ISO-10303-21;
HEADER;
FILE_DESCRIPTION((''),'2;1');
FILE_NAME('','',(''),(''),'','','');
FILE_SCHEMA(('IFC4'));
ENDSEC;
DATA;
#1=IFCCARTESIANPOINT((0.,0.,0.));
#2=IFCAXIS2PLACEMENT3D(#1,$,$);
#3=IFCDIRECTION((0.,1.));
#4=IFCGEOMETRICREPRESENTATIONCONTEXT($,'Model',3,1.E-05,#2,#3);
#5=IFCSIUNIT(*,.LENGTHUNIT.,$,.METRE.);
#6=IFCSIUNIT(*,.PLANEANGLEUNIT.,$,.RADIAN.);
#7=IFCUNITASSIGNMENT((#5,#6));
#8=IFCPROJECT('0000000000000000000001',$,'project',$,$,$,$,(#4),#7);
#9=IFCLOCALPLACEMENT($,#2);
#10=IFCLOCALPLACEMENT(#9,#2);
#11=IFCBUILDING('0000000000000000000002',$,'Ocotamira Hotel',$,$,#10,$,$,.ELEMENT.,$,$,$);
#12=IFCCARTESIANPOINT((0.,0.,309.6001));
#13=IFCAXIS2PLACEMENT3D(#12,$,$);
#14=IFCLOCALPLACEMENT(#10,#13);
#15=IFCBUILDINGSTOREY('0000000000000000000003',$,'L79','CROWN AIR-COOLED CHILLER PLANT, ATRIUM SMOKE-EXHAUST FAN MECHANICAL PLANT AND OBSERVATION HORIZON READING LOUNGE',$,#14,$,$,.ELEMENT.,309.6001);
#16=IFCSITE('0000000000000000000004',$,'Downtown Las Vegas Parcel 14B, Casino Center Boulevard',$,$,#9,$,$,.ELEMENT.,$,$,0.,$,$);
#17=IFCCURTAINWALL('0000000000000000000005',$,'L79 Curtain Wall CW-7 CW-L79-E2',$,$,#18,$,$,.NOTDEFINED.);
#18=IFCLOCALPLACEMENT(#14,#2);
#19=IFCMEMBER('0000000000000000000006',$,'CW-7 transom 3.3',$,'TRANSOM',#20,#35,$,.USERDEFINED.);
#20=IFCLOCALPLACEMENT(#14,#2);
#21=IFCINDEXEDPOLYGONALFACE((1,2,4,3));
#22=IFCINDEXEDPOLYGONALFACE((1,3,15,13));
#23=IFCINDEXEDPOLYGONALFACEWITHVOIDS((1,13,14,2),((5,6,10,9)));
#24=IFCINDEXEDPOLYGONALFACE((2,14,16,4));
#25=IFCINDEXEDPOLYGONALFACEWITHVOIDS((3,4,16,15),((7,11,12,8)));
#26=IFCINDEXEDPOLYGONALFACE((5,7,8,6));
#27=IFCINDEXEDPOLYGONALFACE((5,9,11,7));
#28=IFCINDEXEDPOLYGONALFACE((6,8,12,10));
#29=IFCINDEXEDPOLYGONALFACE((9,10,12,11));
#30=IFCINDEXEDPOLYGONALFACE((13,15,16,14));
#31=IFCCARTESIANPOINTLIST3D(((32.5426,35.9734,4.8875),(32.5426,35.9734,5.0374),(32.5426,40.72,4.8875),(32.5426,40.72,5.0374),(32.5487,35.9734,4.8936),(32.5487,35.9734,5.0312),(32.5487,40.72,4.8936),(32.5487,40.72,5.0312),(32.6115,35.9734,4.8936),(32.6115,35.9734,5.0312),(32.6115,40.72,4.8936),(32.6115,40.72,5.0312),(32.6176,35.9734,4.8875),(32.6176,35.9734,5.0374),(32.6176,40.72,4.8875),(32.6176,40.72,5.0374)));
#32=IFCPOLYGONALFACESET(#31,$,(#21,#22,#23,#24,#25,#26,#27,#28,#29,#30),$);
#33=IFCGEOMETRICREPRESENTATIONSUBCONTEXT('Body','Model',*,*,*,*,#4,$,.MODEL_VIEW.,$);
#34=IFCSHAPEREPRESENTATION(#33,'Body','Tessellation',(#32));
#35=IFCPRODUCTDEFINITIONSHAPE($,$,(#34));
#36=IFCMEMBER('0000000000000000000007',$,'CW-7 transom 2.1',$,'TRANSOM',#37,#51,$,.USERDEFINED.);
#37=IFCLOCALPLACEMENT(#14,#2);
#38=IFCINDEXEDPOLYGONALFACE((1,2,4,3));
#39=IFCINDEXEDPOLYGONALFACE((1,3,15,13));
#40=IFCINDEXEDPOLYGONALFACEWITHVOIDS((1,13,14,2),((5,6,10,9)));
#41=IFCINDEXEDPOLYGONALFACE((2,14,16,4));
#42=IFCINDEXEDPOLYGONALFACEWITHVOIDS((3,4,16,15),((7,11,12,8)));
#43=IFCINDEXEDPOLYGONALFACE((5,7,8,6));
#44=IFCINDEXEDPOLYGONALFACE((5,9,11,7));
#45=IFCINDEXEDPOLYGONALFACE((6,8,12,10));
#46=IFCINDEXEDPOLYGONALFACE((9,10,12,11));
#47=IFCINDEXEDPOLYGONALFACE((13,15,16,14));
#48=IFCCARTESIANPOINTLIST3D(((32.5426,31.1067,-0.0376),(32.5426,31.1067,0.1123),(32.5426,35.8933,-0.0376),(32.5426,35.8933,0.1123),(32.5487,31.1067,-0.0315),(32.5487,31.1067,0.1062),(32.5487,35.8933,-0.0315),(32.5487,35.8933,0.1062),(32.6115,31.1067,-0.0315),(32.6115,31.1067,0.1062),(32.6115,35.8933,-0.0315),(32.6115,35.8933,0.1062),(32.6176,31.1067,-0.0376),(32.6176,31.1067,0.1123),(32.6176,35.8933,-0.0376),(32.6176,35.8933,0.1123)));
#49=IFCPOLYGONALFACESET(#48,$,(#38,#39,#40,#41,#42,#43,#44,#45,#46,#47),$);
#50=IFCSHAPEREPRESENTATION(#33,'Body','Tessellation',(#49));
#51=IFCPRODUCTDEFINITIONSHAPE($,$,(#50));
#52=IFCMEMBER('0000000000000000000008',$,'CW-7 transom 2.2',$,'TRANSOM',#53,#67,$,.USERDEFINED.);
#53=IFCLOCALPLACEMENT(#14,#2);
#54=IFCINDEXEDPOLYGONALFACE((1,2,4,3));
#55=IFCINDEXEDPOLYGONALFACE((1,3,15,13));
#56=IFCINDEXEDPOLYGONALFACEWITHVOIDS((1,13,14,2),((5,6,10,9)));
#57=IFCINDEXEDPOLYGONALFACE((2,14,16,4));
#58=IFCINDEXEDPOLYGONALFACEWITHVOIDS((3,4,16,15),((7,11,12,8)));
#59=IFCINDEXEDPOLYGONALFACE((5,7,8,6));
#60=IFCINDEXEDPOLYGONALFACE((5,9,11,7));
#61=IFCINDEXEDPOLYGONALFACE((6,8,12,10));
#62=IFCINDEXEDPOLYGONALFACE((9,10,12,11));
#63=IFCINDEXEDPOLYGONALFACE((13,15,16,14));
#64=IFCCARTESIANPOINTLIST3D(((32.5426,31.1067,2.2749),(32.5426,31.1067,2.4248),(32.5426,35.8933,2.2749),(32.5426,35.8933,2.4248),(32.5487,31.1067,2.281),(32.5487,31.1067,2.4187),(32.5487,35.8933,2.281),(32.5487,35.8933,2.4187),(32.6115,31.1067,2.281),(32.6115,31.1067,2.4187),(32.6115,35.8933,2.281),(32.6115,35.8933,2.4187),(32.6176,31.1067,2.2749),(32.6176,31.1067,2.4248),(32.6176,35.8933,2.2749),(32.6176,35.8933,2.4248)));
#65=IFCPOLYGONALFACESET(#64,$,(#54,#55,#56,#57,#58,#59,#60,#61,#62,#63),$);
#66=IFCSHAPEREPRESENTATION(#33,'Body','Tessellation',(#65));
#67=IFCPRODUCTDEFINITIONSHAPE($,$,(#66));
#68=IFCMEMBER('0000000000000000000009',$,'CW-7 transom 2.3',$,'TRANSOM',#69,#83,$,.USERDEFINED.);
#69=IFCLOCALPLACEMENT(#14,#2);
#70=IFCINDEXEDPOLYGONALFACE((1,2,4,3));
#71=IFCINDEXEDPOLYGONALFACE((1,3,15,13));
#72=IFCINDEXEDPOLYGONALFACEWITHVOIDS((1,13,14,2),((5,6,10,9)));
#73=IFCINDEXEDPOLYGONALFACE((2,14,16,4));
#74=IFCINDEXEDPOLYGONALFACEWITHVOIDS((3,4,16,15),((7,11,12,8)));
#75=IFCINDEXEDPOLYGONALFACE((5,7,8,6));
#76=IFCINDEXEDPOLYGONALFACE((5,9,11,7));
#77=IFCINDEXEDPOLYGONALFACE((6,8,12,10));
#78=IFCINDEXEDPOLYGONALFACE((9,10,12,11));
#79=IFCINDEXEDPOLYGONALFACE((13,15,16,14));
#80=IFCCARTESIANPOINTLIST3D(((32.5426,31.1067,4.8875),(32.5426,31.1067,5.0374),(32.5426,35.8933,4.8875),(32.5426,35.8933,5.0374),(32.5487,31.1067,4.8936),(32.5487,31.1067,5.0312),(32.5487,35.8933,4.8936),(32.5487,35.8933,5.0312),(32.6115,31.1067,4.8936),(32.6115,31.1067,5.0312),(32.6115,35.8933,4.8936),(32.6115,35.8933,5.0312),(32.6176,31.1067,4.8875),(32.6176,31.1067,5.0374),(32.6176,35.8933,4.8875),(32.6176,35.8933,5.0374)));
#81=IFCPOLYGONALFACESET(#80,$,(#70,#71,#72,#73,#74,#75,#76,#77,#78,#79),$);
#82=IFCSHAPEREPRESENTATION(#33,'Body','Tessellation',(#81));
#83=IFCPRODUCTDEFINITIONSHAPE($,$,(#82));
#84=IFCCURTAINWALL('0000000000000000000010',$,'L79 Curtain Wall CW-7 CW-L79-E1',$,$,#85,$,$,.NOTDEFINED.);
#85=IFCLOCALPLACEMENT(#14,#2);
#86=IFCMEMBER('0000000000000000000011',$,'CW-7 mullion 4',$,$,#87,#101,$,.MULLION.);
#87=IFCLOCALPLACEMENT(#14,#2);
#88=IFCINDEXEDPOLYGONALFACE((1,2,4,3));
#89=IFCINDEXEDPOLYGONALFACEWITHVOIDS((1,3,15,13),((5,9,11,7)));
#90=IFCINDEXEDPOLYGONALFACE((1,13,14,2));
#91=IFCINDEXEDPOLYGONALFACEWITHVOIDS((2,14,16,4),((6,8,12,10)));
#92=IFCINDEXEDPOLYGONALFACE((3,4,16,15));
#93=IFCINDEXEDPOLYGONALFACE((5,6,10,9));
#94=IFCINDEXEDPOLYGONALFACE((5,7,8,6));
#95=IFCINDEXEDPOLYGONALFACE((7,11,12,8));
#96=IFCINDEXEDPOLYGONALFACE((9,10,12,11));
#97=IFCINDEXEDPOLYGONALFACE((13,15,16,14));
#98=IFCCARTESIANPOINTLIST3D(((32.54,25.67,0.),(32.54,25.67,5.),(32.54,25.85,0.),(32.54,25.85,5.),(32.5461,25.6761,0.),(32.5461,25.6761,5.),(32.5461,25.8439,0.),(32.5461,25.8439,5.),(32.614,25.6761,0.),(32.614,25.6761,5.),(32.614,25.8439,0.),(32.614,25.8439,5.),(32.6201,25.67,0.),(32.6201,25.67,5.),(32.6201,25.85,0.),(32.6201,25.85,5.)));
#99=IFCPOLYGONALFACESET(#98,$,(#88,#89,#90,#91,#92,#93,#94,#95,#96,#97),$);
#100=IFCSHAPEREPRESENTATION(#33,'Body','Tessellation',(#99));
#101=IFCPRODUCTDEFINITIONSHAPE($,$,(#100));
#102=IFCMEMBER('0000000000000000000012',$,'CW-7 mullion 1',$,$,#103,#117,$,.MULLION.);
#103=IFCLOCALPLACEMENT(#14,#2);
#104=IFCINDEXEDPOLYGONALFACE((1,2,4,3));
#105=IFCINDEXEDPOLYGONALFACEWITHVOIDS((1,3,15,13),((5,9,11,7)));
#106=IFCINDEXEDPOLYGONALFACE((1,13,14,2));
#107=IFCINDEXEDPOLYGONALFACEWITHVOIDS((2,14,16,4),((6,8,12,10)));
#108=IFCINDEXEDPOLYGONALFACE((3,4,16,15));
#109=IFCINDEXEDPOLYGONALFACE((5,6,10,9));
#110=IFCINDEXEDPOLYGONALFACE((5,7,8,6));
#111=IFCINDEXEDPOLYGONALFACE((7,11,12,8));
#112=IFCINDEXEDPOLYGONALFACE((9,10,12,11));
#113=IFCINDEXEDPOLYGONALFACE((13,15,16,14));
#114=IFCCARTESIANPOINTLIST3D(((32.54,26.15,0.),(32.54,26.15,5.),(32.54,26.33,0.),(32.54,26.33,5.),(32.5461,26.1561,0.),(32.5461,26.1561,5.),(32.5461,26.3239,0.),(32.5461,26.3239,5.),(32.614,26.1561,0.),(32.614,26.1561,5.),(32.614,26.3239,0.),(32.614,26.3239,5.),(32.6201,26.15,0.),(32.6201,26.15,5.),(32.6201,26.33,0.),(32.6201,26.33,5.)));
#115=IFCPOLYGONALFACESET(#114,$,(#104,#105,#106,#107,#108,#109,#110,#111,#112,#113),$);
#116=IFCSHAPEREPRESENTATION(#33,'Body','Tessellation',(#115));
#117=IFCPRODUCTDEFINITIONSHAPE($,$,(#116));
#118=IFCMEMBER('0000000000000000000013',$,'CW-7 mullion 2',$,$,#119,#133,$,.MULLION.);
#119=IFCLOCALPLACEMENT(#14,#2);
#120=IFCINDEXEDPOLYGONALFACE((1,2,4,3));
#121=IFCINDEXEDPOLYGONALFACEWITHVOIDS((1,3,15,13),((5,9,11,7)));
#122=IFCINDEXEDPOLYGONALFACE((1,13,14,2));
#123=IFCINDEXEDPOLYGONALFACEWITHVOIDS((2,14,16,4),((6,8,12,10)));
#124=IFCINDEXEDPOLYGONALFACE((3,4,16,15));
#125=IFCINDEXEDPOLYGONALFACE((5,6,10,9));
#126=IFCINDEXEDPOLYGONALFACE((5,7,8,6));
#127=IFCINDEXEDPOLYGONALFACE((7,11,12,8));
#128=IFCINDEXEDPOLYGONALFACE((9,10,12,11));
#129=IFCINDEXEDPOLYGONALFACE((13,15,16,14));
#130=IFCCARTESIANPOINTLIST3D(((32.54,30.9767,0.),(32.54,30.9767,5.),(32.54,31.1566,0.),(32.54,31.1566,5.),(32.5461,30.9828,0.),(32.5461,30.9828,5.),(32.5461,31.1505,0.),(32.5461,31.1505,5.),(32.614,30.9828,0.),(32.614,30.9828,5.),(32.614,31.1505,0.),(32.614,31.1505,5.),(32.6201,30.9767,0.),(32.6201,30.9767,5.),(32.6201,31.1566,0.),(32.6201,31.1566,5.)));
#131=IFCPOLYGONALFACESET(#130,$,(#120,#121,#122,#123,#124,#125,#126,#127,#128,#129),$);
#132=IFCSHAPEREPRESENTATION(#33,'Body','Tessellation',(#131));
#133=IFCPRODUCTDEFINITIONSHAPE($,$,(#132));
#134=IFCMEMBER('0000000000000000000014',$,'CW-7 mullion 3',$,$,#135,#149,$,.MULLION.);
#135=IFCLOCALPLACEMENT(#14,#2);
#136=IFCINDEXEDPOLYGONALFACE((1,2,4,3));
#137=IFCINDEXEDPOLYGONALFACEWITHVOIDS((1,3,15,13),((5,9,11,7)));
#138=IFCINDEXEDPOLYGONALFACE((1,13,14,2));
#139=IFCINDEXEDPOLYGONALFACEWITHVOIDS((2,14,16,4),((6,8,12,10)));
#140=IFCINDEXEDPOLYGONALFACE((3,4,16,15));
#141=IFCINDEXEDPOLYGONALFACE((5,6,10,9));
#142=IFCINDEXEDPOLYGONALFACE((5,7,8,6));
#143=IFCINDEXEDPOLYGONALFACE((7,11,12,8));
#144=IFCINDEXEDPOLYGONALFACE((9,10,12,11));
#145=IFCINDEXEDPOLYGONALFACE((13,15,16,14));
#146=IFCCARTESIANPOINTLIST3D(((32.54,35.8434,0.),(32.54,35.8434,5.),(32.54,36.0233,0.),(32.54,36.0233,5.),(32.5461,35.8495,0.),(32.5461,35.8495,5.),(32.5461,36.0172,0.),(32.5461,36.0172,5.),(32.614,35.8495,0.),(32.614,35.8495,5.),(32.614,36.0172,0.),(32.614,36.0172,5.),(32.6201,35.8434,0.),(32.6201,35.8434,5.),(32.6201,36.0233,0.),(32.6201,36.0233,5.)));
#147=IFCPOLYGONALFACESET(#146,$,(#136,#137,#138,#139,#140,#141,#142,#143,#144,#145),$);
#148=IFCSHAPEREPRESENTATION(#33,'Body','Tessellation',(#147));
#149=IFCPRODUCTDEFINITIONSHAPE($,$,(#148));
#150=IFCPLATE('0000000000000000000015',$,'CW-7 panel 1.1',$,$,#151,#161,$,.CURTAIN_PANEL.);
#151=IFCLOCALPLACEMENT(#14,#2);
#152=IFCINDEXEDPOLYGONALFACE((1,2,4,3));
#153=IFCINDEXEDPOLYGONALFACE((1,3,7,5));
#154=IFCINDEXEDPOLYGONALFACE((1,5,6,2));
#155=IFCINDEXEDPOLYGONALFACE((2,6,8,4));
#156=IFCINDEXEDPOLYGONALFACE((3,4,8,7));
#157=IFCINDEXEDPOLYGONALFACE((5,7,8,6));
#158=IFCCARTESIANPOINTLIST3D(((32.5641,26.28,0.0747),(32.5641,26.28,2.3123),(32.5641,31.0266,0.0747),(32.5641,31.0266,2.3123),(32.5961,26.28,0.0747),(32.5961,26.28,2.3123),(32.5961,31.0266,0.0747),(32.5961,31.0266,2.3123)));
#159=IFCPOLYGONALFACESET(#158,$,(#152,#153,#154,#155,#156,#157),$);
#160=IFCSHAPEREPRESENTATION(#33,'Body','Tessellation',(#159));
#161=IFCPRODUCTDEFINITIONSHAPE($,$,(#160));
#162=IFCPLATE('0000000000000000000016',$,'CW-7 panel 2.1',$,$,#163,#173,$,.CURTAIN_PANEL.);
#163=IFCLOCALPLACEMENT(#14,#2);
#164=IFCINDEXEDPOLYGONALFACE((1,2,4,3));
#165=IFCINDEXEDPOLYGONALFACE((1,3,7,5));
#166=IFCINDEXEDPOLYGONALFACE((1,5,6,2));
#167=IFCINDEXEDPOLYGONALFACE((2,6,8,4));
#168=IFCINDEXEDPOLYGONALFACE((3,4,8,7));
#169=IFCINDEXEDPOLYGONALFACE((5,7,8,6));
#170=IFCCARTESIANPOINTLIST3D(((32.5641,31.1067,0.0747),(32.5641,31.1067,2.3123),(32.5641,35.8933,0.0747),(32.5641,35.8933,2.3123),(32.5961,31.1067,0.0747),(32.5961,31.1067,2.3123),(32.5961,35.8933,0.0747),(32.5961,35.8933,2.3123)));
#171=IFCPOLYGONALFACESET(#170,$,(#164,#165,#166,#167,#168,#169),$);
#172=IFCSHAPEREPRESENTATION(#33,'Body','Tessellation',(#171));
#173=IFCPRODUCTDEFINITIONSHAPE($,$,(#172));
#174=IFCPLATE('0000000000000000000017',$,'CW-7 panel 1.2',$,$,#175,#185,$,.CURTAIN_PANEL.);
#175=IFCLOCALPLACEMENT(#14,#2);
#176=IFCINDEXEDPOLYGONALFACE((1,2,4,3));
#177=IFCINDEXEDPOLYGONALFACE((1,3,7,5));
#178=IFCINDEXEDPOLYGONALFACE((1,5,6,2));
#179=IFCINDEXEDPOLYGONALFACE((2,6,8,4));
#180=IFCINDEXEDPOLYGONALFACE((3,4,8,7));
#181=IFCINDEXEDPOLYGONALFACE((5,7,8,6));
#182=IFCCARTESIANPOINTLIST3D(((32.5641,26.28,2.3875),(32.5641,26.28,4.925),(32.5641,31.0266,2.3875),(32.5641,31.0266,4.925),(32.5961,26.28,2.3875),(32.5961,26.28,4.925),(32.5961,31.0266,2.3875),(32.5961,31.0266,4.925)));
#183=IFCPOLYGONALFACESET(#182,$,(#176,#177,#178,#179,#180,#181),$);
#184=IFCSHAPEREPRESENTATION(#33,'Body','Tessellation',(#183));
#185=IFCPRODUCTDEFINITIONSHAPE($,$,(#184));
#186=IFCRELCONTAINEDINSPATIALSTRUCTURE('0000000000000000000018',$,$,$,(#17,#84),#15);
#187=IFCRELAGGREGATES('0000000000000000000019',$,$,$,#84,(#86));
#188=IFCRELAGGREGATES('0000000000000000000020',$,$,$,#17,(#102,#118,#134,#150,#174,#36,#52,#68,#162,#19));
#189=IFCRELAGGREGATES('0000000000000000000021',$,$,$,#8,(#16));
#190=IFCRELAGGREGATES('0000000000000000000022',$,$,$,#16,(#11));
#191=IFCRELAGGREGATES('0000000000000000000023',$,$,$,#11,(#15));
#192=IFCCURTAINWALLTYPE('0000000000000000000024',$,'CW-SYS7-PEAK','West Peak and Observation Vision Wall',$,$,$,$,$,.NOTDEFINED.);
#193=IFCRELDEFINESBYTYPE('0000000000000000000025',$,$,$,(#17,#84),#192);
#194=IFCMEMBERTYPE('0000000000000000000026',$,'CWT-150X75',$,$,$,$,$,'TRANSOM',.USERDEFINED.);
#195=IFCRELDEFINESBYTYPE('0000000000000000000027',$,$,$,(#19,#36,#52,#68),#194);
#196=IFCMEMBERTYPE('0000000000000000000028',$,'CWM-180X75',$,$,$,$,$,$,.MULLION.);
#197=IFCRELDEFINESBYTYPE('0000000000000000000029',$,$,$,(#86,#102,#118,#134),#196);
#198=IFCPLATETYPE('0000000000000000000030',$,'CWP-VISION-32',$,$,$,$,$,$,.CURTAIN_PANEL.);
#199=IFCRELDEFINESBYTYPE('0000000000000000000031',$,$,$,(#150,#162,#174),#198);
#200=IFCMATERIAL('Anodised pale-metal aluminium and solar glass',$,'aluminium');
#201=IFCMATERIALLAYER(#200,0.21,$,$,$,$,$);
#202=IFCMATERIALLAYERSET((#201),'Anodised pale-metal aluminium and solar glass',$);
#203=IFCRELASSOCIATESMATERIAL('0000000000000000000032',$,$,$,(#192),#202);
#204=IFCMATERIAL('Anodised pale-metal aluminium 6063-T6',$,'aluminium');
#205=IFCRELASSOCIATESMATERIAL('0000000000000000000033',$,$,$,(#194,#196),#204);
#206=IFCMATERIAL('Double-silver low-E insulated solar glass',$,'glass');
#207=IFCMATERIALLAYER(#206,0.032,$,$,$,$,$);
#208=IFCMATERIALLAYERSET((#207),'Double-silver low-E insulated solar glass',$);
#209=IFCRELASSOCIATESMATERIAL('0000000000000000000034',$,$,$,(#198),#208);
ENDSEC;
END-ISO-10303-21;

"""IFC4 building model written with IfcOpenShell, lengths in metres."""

from ifc_helpers import new_model, si_unit, direction, frame, origin, origin_2d, place, context, subcontext, project, spatial, rectangle, hollow_rectangle, extrude, source, transform, mapped, material, layer, layer_set, material_profile, profile_set, type_object, element, aggregate, save


model = new_model("IFC4")

# Units and contexts
model_context = context("Model", 3, precision=1e-05, world=origin(), true_north=direction((0.0, 1.0)))
body_context = subcontext(model_context, "Body", "Model", "MODEL_VIEW")
ifc_project = project(units=[si_unit("LENGTHUNIT", "METRE"), si_unit("PLANEANGLEUNIT", "RADIAN")], contexts=[model_context])

# Site, building, storey
site_placement = place(None, origin())
site = spatial("IfcSite", under=ifc_project, at=site_placement, Name="Downtown Las Vegas Parcel 14B, Casino Center Boulevard", CompositionType="ELEMENT", RefElevation=0.0)
building_placement = place(site_placement, origin())
building = spatial("IfcBuilding", under=site, at=building_placement, Name="Ocotamira Hotel", CompositionType="ELEMENT")
storey_placement = place(building_placement, frame((0.0, 0.0, 309.6001)))
storey = spatial("IfcBuildingStorey", under=building, at=storey_placement, Name="L79", Description="CROWN AIR-COOLED CHILLER PLANT, ATRIUM SMOKE-EXHAUST FAN MECHANICAL PLANT AND OBSERVATION HORIZON READING LOUNGE", CompositionType="ELEMENT", Elevation=309.6001)

# Curtain wall, members
ifc_material_1 = material(Name="Anodised pale-metal aluminium and solar glass", Category="aluminium")
ifc_layer_1 = layer(ifc_material_1, 0.21)
ifc_layer_set_1 = layer_set([ifc_layer_1], Name="Anodised pale-metal aluminium and solar glass")
curtain_wall_type = type_object("IfcCurtainWallType", Name="CW-SYS7-PEAK", Description="West Peak and Observation Vision Wall", PredefinedType="NOTDEFINED", material=ifc_layer_set_1)
curtain_wall_1_placement = place(storey_placement, origin())
curtain_wall_1 = element("IfcCurtainWall", 1, at=curtain_wall_1_placement, inside=storey, type_object=curtain_wall_type, Name="L79 Curtain Wall CW-7 CW-L79-E2", PredefinedType="NOTDEFINED")
ifc_material_2 = material(Name="Anodised pale-metal aluminium 6063-T6", Category="aluminium")
ifc_material_profile_1 = material_profile(ifc_material_2, hollow_rectangle(XDim=0.075, YDim=0.1499, WallThickness=0.0061, at=origin_2d()), Name="HSS150X75X6")
ifc_profile_set_1 = profile_set([ifc_material_profile_1], Name="Anodised pale-metal aluminium 6063-T6")
member_type_1 = type_object("IfcMemberType", Name="CWT-150X75", ElementType="TRANSOM", PredefinedType="USERDEFINED", material=ifc_profile_set_1)
shared_shape_1 = source(origin(), body_context, "Body", "SweptSolid", [
    extrude(hollow_rectangle(XDim=0.075, YDim=0.1499, WallThickness=0.0061, at=origin_2d()), origin(), (0.0, 0.0, 1.0), 4.7466),
])
member_1_placement = place(storey_placement, frame((32.5801, 35.9734, 4.9624), z_axis=(0.0, 1.0, 0.0), x_axis=(-1.0, 0.0, 0.0)))
member_1 = element("IfcMember", 2, at=member_1_placement, type_object=member_type_1, Name="CW-7 transom 3.3", ObjectType="TRANSOM", PredefinedType="USERDEFINED", context=body_context, shape_type="MappedRepresentation", body=[
    mapped(shared_shape_1, transform((0.0, 0.0, 0.0), scale=1.0)),
])
shared_shape_2 = source(origin(), body_context, "Body", "SweptSolid", [
    extrude(hollow_rectangle(XDim=0.075, YDim=0.1499, WallThickness=0.0061, at=origin_2d()), origin(), (0.0, 0.0, 1.0), 4.7866),
])
member_2_placement = place(storey_placement, frame((32.5801, 31.1067, 0.0374), z_axis=(0.0, 1.0, 0.0), x_axis=(-1.0, 0.0, 0.0)))
member_2 = element("IfcMember", 3, at=member_2_placement, type_object=member_type_1, Name="CW-7 transom 2.1", ObjectType="TRANSOM", PredefinedType="USERDEFINED", context=body_context, shape_type="MappedRepresentation", body=[
    mapped(shared_shape_2, transform((0.0, 0.0, 0.0), scale=1.0)),
])
member_3_placement = place(storey_placement, frame((32.5801, 31.1067, 2.3499), z_axis=(0.0, 1.0, 0.0), x_axis=(-1.0, 0.0, 0.0)))
member_3 = element("IfcMember", 4, at=member_3_placement, type_object=member_type_1, Name="CW-7 transom 2.2", ObjectType="TRANSOM", PredefinedType="USERDEFINED", context=body_context, shape_type="MappedRepresentation", body=[
    mapped(shared_shape_2, transform((0.0, 0.0, 0.0), scale=1.0)),
])
member_4_placement = place(storey_placement, frame((32.5801, 31.1067, 4.9624), z_axis=(0.0, 1.0, 0.0), x_axis=(-1.0, 0.0, 0.0)))
member_4 = element("IfcMember", 5, at=member_4_placement, type_object=member_type_1, Name="CW-7 transom 2.3", ObjectType="TRANSOM", PredefinedType="USERDEFINED", context=body_context, shape_type="MappedRepresentation", body=[
    mapped(shared_shape_2, transform((0.0, 0.0, 0.0), scale=1.0)),
])

# Curtain wall, member
curtain_wall_2_placement = place(storey_placement, origin())
curtain_wall_2 = element("IfcCurtainWall", 6, at=curtain_wall_2_placement, inside=storey, type_object=curtain_wall_type, Name="L79 Curtain Wall CW-7 CW-L79-E1", PredefinedType="NOTDEFINED")
ifc_material_profile_2 = material_profile(ifc_material_2, hollow_rectangle(XDim=0.0801, YDim=0.1799, WallThickness=0.0061, at=origin_2d()), Name="HSS180X80X6")
ifc_profile_set_2 = profile_set([ifc_material_profile_2], Name="Anodised pale-metal aluminium 6063-T6")
member_type_2 = type_object("IfcMemberType", Name="CWM-180X75", PredefinedType="MULLION", material=ifc_profile_set_2)
shared_shape_3 = source(origin(), body_context, "Body", "SweptSolid", [
    extrude(hollow_rectangle(XDim=0.0801, YDim=0.1799, WallThickness=0.0061, at=origin_2d()), origin(), (0.0, 0.0, 1.0), 5.0),
])
member_5_placement = place(storey_placement, frame((32.5801, 25.76, 0.0), z_axis=(0.0, 0.0, 1.0), x_axis=(-1.0, 0.0, 0.0)))
member_5 = element("IfcMember", 7, at=member_5_placement, type_object=member_type_2, Name="CW-7 mullion 4", PredefinedType="MULLION", context=body_context, shape_type="MappedRepresentation", body=[
    mapped(shared_shape_3, transform((0.0, 0.0, 0.0), scale=1.0)),
])
aggregate(curtain_wall_2, [member_5])

# Members
member_6_placement = place(storey_placement, frame((32.5801, 26.24, 0.0), z_axis=(0.0, 0.0, 1.0), x_axis=(-1.0, 0.0, 0.0)))
member_6 = element("IfcMember", 8, at=member_6_placement, type_object=member_type_2, Name="CW-7 mullion 1", PredefinedType="MULLION", context=body_context, shape_type="MappedRepresentation", body=[
    mapped(shared_shape_3, transform((0.0, 0.0, 0.0), scale=1.0)),
])
member_7_placement = place(storey_placement, frame((32.5801, 31.0667, 0.0), z_axis=(0.0, 0.0, 1.0), x_axis=(-1.0, 0.0, 0.0)))
member_7 = element("IfcMember", 9, at=member_7_placement, type_object=member_type_2, Name="CW-7 mullion 2", PredefinedType="MULLION", context=body_context, shape_type="MappedRepresentation", body=[
    mapped(shared_shape_3, transform((0.0, 0.0, 0.0), scale=1.0)),
])
member_8_placement = place(storey_placement, frame((32.5801, 35.9333, 0.0), z_axis=(0.0, 0.0, 1.0), x_axis=(-1.0, 0.0, 0.0)))
member_8 = element("IfcMember", 10, at=member_8_placement, type_object=member_type_2, Name="CW-7 mullion 3", PredefinedType="MULLION", context=body_context, shape_type="MappedRepresentation", body=[
    mapped(shared_shape_3, transform((0.0, 0.0, 0.0), scale=1.0)),
])

# Plates
ifc_material_3 = material(Name="Double-silver low-E insulated solar glass", Category="glass")
ifc_layer_2 = layer(ifc_material_3, 0.032)
ifc_layer_set_2 = layer_set([ifc_layer_2], Name="Double-silver low-E insulated solar glass")
plate_type = type_object("IfcPlateType", Name="CWP-VISION-32", PredefinedType="CURTAIN_PANEL", material=ifc_layer_set_2)
shared_shape_4 = source(origin(), body_context, "Body", "SweptSolid", [
    extrude(rectangle(XDim=4.7466, YDim=0.032, at=origin_2d()), origin(), (0.0, 0.0, 1.0), 2.2375),
])
plate_1_placement = place(storey_placement, frame((32.5801, 28.6533, 0.0747), z_axis=(0.0, 0.0, 1.0), x_axis=(0.0, 1.0, 0.0)))
plate_1 = element("IfcPlate", 11, at=plate_1_placement, type_object=plate_type, Name="CW-7 panel 1.1", PredefinedType="CURTAIN_PANEL", context=body_context, shape_type="MappedRepresentation", body=[
    mapped(shared_shape_4, transform((0.0, 0.0, 0.0), scale=1.0)),
])
shared_shape_5 = source(origin(), body_context, "Body", "SweptSolid", [
    extrude(rectangle(XDim=4.7866, YDim=0.032, at=origin_2d()), origin(), (0.0, 0.0, 1.0), 2.2375),
])
plate_2_placement = place(storey_placement, frame((32.5801, 33.5, 0.0747), z_axis=(0.0, 0.0, 1.0), x_axis=(0.0, 1.0, 0.0)))
plate_2 = element("IfcPlate", 12, at=plate_2_placement, type_object=plate_type, Name="CW-7 panel 2.1", PredefinedType="CURTAIN_PANEL", context=body_context, shape_type="MappedRepresentation", body=[
    mapped(shared_shape_5, transform((0.0, 0.0, 0.0), scale=1.0)),
])
shared_shape_6 = source(origin(), body_context, "Body", "SweptSolid", [
    extrude(rectangle(XDim=4.7466, YDim=0.032, at=origin_2d()), origin(), (0.0, 0.0, 1.0), 2.5376),
])
plate_3_placement = place(storey_placement, frame((32.5801, 28.6533, 2.3875), z_axis=(0.0, 0.0, 1.0), x_axis=(0.0, 1.0, 0.0)))
plate_3 = element("IfcPlate", 13, at=plate_3_placement, type_object=plate_type, Name="CW-7 panel 1.2", PredefinedType="CURTAIN_PANEL", context=body_context, shape_type="MappedRepresentation", body=[
    mapped(shared_shape_6, transform((0.0, 0.0, 0.0), scale=1.0)),
])
aggregate(curtain_wall_1, [member_6, member_7, member_8, plate_1, plate_3, member_2, member_3, member_4, plate_2, member_1])

save(model, "model.ifc")
